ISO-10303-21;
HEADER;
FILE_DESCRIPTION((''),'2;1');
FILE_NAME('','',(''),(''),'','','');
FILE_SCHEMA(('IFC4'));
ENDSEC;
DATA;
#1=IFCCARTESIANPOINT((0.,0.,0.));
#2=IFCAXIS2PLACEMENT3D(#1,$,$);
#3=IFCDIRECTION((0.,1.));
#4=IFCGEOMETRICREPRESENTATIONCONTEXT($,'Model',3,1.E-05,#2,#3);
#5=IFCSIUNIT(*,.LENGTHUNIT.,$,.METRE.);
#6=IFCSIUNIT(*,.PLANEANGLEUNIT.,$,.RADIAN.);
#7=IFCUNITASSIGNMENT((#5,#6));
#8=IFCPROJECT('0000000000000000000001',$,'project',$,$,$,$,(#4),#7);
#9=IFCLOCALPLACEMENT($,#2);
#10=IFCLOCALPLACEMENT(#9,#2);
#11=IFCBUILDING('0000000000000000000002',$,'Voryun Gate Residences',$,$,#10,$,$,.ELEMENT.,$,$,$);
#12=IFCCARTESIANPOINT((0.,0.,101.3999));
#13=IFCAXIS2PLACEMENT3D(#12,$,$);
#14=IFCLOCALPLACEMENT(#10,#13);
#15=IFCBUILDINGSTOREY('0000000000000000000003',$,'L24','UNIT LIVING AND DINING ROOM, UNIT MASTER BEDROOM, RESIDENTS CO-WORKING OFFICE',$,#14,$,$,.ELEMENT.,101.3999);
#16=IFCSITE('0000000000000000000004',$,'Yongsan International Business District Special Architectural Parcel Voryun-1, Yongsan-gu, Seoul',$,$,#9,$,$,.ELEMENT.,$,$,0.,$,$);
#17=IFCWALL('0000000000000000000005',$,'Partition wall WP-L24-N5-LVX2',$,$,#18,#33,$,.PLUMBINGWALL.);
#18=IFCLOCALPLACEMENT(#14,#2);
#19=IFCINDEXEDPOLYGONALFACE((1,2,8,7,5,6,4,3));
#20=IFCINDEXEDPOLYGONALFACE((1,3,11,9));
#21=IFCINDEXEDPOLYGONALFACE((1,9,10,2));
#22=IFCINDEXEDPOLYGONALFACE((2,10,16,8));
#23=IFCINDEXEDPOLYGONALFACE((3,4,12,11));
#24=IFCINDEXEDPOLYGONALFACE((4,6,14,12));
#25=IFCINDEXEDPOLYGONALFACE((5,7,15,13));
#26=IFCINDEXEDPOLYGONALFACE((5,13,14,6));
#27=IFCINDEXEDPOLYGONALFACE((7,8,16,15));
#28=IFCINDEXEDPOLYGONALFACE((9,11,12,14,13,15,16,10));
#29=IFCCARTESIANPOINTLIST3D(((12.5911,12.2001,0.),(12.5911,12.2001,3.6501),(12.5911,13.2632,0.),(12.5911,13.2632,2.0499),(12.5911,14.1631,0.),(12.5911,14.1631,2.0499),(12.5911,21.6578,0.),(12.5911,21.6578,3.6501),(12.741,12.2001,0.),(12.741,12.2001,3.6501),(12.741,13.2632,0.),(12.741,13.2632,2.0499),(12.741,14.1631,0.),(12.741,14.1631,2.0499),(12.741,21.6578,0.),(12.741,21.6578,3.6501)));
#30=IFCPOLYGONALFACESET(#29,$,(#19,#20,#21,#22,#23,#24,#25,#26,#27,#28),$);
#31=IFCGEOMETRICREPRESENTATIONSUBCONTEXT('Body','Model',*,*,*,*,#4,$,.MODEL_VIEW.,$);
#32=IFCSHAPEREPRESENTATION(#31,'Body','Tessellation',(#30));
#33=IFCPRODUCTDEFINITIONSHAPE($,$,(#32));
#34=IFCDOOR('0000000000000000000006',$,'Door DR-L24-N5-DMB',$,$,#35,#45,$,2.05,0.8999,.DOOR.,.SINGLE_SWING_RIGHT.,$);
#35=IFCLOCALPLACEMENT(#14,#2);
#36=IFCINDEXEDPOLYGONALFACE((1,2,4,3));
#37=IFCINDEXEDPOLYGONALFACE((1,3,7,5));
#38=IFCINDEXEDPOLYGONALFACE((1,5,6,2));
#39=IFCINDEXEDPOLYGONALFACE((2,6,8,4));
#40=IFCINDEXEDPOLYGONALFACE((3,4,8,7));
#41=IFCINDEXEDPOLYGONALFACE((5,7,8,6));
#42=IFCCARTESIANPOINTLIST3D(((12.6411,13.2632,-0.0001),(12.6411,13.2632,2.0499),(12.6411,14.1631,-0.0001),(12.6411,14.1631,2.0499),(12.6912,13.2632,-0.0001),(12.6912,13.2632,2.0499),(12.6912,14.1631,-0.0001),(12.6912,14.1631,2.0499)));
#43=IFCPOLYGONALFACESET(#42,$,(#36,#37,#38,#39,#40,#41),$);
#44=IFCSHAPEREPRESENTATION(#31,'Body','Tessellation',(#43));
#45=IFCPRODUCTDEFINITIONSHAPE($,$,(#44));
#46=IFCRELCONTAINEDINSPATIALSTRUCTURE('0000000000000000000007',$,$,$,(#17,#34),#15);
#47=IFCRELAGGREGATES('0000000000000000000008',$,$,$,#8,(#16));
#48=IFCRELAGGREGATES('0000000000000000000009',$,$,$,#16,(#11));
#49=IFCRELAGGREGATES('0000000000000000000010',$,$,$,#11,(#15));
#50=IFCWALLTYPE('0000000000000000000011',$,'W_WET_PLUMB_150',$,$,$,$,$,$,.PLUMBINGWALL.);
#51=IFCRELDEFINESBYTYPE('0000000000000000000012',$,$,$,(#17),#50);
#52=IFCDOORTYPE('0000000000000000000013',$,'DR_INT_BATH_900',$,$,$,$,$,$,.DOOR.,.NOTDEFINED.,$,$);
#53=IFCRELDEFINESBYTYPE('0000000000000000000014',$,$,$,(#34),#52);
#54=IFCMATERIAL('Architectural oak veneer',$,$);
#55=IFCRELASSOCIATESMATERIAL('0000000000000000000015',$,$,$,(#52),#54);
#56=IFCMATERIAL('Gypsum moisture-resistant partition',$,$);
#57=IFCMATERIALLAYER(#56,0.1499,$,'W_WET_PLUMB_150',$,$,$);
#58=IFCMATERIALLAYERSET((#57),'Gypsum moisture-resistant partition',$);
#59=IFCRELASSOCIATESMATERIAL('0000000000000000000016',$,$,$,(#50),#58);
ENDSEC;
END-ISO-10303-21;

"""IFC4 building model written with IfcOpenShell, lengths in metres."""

from ifc_helpers import new_model, si_unit, direction, frame, frame_2d, origin, place, context, subcontext, project, spatial, rectangle, extrude, material, layer, layer_set, type_object, element, fill, save


model = new_model("IFC4")

# Units and contexts
model_context = context("Model", 3, precision=1e-05, world=origin(), true_north=direction((0.0, 1.0)))
body_context = subcontext(model_context, "Body", "Model", "MODEL_VIEW")
ifc_project = project(units=[si_unit("LENGTHUNIT", "METRE"), si_unit("PLANEANGLEUNIT", "RADIAN")], contexts=[model_context])

# Site, building, storey
site_placement = place(None, origin())
site = spatial("IfcSite", under=ifc_project, at=site_placement, Name="Yongsan International Business District Special Architectural Parcel Voryun-1, Yongsan-gu, Seoul", CompositionType="ELEMENT", RefElevation=0.0)
building_placement = place(site_placement, origin())
building = spatial("IfcBuilding", under=site, at=building_placement, Name="Voryun Gate Residences", CompositionType="ELEMENT")
storey_placement = place(building_placement, frame((0.0, 0.0, 101.3999)))
storey = spatial("IfcBuildingStorey", under=building, at=storey_placement, Name="L24", Description="UNIT LIVING AND DINING ROOM, UNIT MASTER BEDROOM, RESIDENTS CO-WORKING OFFICE", CompositionType="ELEMENT", Elevation=101.3999)

# Shared definitions
ifc_material_1 = material(Name="Architectural oak veneer")
door_type_1 = type_object("IfcDoorType", Name="DR_INT_BATH_900", OperationType="NOTDEFINED", PredefinedType="DOOR", material=ifc_material_1)

# Shared definitions
ifc_material_2 = material(Name="Gypsum moisture-resistant partition")
ifc_layer_1 = layer(ifc_material_2, 0.1499, Name="W_WET_PLUMB_150")
ifc_layer_set_1 = layer_set([ifc_layer_1], Name="Gypsum moisture-resistant partition")
wall_type_1 = type_object("IfcWallType", Name="W_WET_PLUMB_150", PredefinedType="PLUMBINGWALL", material=ifc_layer_set_1)

# Wall, opening, door
wall_1_placement = place(storey_placement, frame((12.666, 12.2, 0.0), z_axis=(0.0, 0.0, 1.0), x_axis=(0.0, 1.0, 0.0)))
wall_1 = element("IfcWall", 1, at=wall_1_placement, inside=storey, type_object=wall_type_1, Name="Partition wall WP-L24-N5-LVX2", PredefinedType="PLUMBINGWALL", context=body_context, shape_type="SweptSolid", body=[
    extrude(rectangle(XDim=9.4578, YDim=0.1499, at=frame_2d((4.729, 0.0))), origin(), (0.0, 0.0, 1.0), 3.6501),
])
opening_1_placement = place(wall_1_placement, frame((1.0632, 0.0, 0.0)))
opening_1 = element("IfcOpeningElement", 2, at=opening_1_placement, cuts=wall_1, PredefinedType="OPENING", context=body_context, shape_type="SweptSolid", body=[
    extrude(rectangle(XDim=0.8999, YDim=2.05, at=frame_2d((0.45, 1.0249))), frame((0.0, 0.085, 0.0), z_axis=(0.0, -1.0, 0.0), x_axis=(1.0, 0.0, 0.0)), (0.0, 0.0, 1.0), 0.1699),
])
door_1_placement = place(opening_1_placement, origin())
door_1 = element("IfcDoor", 3, at=door_1_placement, inside=storey, type_object=door_type_1, Name="Door DR-L24-N5-DMB", OperationType="SINGLE_SWING_RIGHT", OverallHeight=2.05, OverallWidth=0.8999, PredefinedType="DOOR", context=body_context, shape_type="SweptSolid", body=[
    extrude(rectangle(XDim=0.8999, YDim=2.05, at=frame_2d((0.45, 1.0249))), frame((0.0, 0.0249, 0.0), z_axis=(0.0, -1.0, 0.0), x_axis=(1.0, 0.0, 0.0)), (0.0, 0.0, 1.0), 0.05),
])
fill(opening_1, door_1)

save(model, "model.ifc")
